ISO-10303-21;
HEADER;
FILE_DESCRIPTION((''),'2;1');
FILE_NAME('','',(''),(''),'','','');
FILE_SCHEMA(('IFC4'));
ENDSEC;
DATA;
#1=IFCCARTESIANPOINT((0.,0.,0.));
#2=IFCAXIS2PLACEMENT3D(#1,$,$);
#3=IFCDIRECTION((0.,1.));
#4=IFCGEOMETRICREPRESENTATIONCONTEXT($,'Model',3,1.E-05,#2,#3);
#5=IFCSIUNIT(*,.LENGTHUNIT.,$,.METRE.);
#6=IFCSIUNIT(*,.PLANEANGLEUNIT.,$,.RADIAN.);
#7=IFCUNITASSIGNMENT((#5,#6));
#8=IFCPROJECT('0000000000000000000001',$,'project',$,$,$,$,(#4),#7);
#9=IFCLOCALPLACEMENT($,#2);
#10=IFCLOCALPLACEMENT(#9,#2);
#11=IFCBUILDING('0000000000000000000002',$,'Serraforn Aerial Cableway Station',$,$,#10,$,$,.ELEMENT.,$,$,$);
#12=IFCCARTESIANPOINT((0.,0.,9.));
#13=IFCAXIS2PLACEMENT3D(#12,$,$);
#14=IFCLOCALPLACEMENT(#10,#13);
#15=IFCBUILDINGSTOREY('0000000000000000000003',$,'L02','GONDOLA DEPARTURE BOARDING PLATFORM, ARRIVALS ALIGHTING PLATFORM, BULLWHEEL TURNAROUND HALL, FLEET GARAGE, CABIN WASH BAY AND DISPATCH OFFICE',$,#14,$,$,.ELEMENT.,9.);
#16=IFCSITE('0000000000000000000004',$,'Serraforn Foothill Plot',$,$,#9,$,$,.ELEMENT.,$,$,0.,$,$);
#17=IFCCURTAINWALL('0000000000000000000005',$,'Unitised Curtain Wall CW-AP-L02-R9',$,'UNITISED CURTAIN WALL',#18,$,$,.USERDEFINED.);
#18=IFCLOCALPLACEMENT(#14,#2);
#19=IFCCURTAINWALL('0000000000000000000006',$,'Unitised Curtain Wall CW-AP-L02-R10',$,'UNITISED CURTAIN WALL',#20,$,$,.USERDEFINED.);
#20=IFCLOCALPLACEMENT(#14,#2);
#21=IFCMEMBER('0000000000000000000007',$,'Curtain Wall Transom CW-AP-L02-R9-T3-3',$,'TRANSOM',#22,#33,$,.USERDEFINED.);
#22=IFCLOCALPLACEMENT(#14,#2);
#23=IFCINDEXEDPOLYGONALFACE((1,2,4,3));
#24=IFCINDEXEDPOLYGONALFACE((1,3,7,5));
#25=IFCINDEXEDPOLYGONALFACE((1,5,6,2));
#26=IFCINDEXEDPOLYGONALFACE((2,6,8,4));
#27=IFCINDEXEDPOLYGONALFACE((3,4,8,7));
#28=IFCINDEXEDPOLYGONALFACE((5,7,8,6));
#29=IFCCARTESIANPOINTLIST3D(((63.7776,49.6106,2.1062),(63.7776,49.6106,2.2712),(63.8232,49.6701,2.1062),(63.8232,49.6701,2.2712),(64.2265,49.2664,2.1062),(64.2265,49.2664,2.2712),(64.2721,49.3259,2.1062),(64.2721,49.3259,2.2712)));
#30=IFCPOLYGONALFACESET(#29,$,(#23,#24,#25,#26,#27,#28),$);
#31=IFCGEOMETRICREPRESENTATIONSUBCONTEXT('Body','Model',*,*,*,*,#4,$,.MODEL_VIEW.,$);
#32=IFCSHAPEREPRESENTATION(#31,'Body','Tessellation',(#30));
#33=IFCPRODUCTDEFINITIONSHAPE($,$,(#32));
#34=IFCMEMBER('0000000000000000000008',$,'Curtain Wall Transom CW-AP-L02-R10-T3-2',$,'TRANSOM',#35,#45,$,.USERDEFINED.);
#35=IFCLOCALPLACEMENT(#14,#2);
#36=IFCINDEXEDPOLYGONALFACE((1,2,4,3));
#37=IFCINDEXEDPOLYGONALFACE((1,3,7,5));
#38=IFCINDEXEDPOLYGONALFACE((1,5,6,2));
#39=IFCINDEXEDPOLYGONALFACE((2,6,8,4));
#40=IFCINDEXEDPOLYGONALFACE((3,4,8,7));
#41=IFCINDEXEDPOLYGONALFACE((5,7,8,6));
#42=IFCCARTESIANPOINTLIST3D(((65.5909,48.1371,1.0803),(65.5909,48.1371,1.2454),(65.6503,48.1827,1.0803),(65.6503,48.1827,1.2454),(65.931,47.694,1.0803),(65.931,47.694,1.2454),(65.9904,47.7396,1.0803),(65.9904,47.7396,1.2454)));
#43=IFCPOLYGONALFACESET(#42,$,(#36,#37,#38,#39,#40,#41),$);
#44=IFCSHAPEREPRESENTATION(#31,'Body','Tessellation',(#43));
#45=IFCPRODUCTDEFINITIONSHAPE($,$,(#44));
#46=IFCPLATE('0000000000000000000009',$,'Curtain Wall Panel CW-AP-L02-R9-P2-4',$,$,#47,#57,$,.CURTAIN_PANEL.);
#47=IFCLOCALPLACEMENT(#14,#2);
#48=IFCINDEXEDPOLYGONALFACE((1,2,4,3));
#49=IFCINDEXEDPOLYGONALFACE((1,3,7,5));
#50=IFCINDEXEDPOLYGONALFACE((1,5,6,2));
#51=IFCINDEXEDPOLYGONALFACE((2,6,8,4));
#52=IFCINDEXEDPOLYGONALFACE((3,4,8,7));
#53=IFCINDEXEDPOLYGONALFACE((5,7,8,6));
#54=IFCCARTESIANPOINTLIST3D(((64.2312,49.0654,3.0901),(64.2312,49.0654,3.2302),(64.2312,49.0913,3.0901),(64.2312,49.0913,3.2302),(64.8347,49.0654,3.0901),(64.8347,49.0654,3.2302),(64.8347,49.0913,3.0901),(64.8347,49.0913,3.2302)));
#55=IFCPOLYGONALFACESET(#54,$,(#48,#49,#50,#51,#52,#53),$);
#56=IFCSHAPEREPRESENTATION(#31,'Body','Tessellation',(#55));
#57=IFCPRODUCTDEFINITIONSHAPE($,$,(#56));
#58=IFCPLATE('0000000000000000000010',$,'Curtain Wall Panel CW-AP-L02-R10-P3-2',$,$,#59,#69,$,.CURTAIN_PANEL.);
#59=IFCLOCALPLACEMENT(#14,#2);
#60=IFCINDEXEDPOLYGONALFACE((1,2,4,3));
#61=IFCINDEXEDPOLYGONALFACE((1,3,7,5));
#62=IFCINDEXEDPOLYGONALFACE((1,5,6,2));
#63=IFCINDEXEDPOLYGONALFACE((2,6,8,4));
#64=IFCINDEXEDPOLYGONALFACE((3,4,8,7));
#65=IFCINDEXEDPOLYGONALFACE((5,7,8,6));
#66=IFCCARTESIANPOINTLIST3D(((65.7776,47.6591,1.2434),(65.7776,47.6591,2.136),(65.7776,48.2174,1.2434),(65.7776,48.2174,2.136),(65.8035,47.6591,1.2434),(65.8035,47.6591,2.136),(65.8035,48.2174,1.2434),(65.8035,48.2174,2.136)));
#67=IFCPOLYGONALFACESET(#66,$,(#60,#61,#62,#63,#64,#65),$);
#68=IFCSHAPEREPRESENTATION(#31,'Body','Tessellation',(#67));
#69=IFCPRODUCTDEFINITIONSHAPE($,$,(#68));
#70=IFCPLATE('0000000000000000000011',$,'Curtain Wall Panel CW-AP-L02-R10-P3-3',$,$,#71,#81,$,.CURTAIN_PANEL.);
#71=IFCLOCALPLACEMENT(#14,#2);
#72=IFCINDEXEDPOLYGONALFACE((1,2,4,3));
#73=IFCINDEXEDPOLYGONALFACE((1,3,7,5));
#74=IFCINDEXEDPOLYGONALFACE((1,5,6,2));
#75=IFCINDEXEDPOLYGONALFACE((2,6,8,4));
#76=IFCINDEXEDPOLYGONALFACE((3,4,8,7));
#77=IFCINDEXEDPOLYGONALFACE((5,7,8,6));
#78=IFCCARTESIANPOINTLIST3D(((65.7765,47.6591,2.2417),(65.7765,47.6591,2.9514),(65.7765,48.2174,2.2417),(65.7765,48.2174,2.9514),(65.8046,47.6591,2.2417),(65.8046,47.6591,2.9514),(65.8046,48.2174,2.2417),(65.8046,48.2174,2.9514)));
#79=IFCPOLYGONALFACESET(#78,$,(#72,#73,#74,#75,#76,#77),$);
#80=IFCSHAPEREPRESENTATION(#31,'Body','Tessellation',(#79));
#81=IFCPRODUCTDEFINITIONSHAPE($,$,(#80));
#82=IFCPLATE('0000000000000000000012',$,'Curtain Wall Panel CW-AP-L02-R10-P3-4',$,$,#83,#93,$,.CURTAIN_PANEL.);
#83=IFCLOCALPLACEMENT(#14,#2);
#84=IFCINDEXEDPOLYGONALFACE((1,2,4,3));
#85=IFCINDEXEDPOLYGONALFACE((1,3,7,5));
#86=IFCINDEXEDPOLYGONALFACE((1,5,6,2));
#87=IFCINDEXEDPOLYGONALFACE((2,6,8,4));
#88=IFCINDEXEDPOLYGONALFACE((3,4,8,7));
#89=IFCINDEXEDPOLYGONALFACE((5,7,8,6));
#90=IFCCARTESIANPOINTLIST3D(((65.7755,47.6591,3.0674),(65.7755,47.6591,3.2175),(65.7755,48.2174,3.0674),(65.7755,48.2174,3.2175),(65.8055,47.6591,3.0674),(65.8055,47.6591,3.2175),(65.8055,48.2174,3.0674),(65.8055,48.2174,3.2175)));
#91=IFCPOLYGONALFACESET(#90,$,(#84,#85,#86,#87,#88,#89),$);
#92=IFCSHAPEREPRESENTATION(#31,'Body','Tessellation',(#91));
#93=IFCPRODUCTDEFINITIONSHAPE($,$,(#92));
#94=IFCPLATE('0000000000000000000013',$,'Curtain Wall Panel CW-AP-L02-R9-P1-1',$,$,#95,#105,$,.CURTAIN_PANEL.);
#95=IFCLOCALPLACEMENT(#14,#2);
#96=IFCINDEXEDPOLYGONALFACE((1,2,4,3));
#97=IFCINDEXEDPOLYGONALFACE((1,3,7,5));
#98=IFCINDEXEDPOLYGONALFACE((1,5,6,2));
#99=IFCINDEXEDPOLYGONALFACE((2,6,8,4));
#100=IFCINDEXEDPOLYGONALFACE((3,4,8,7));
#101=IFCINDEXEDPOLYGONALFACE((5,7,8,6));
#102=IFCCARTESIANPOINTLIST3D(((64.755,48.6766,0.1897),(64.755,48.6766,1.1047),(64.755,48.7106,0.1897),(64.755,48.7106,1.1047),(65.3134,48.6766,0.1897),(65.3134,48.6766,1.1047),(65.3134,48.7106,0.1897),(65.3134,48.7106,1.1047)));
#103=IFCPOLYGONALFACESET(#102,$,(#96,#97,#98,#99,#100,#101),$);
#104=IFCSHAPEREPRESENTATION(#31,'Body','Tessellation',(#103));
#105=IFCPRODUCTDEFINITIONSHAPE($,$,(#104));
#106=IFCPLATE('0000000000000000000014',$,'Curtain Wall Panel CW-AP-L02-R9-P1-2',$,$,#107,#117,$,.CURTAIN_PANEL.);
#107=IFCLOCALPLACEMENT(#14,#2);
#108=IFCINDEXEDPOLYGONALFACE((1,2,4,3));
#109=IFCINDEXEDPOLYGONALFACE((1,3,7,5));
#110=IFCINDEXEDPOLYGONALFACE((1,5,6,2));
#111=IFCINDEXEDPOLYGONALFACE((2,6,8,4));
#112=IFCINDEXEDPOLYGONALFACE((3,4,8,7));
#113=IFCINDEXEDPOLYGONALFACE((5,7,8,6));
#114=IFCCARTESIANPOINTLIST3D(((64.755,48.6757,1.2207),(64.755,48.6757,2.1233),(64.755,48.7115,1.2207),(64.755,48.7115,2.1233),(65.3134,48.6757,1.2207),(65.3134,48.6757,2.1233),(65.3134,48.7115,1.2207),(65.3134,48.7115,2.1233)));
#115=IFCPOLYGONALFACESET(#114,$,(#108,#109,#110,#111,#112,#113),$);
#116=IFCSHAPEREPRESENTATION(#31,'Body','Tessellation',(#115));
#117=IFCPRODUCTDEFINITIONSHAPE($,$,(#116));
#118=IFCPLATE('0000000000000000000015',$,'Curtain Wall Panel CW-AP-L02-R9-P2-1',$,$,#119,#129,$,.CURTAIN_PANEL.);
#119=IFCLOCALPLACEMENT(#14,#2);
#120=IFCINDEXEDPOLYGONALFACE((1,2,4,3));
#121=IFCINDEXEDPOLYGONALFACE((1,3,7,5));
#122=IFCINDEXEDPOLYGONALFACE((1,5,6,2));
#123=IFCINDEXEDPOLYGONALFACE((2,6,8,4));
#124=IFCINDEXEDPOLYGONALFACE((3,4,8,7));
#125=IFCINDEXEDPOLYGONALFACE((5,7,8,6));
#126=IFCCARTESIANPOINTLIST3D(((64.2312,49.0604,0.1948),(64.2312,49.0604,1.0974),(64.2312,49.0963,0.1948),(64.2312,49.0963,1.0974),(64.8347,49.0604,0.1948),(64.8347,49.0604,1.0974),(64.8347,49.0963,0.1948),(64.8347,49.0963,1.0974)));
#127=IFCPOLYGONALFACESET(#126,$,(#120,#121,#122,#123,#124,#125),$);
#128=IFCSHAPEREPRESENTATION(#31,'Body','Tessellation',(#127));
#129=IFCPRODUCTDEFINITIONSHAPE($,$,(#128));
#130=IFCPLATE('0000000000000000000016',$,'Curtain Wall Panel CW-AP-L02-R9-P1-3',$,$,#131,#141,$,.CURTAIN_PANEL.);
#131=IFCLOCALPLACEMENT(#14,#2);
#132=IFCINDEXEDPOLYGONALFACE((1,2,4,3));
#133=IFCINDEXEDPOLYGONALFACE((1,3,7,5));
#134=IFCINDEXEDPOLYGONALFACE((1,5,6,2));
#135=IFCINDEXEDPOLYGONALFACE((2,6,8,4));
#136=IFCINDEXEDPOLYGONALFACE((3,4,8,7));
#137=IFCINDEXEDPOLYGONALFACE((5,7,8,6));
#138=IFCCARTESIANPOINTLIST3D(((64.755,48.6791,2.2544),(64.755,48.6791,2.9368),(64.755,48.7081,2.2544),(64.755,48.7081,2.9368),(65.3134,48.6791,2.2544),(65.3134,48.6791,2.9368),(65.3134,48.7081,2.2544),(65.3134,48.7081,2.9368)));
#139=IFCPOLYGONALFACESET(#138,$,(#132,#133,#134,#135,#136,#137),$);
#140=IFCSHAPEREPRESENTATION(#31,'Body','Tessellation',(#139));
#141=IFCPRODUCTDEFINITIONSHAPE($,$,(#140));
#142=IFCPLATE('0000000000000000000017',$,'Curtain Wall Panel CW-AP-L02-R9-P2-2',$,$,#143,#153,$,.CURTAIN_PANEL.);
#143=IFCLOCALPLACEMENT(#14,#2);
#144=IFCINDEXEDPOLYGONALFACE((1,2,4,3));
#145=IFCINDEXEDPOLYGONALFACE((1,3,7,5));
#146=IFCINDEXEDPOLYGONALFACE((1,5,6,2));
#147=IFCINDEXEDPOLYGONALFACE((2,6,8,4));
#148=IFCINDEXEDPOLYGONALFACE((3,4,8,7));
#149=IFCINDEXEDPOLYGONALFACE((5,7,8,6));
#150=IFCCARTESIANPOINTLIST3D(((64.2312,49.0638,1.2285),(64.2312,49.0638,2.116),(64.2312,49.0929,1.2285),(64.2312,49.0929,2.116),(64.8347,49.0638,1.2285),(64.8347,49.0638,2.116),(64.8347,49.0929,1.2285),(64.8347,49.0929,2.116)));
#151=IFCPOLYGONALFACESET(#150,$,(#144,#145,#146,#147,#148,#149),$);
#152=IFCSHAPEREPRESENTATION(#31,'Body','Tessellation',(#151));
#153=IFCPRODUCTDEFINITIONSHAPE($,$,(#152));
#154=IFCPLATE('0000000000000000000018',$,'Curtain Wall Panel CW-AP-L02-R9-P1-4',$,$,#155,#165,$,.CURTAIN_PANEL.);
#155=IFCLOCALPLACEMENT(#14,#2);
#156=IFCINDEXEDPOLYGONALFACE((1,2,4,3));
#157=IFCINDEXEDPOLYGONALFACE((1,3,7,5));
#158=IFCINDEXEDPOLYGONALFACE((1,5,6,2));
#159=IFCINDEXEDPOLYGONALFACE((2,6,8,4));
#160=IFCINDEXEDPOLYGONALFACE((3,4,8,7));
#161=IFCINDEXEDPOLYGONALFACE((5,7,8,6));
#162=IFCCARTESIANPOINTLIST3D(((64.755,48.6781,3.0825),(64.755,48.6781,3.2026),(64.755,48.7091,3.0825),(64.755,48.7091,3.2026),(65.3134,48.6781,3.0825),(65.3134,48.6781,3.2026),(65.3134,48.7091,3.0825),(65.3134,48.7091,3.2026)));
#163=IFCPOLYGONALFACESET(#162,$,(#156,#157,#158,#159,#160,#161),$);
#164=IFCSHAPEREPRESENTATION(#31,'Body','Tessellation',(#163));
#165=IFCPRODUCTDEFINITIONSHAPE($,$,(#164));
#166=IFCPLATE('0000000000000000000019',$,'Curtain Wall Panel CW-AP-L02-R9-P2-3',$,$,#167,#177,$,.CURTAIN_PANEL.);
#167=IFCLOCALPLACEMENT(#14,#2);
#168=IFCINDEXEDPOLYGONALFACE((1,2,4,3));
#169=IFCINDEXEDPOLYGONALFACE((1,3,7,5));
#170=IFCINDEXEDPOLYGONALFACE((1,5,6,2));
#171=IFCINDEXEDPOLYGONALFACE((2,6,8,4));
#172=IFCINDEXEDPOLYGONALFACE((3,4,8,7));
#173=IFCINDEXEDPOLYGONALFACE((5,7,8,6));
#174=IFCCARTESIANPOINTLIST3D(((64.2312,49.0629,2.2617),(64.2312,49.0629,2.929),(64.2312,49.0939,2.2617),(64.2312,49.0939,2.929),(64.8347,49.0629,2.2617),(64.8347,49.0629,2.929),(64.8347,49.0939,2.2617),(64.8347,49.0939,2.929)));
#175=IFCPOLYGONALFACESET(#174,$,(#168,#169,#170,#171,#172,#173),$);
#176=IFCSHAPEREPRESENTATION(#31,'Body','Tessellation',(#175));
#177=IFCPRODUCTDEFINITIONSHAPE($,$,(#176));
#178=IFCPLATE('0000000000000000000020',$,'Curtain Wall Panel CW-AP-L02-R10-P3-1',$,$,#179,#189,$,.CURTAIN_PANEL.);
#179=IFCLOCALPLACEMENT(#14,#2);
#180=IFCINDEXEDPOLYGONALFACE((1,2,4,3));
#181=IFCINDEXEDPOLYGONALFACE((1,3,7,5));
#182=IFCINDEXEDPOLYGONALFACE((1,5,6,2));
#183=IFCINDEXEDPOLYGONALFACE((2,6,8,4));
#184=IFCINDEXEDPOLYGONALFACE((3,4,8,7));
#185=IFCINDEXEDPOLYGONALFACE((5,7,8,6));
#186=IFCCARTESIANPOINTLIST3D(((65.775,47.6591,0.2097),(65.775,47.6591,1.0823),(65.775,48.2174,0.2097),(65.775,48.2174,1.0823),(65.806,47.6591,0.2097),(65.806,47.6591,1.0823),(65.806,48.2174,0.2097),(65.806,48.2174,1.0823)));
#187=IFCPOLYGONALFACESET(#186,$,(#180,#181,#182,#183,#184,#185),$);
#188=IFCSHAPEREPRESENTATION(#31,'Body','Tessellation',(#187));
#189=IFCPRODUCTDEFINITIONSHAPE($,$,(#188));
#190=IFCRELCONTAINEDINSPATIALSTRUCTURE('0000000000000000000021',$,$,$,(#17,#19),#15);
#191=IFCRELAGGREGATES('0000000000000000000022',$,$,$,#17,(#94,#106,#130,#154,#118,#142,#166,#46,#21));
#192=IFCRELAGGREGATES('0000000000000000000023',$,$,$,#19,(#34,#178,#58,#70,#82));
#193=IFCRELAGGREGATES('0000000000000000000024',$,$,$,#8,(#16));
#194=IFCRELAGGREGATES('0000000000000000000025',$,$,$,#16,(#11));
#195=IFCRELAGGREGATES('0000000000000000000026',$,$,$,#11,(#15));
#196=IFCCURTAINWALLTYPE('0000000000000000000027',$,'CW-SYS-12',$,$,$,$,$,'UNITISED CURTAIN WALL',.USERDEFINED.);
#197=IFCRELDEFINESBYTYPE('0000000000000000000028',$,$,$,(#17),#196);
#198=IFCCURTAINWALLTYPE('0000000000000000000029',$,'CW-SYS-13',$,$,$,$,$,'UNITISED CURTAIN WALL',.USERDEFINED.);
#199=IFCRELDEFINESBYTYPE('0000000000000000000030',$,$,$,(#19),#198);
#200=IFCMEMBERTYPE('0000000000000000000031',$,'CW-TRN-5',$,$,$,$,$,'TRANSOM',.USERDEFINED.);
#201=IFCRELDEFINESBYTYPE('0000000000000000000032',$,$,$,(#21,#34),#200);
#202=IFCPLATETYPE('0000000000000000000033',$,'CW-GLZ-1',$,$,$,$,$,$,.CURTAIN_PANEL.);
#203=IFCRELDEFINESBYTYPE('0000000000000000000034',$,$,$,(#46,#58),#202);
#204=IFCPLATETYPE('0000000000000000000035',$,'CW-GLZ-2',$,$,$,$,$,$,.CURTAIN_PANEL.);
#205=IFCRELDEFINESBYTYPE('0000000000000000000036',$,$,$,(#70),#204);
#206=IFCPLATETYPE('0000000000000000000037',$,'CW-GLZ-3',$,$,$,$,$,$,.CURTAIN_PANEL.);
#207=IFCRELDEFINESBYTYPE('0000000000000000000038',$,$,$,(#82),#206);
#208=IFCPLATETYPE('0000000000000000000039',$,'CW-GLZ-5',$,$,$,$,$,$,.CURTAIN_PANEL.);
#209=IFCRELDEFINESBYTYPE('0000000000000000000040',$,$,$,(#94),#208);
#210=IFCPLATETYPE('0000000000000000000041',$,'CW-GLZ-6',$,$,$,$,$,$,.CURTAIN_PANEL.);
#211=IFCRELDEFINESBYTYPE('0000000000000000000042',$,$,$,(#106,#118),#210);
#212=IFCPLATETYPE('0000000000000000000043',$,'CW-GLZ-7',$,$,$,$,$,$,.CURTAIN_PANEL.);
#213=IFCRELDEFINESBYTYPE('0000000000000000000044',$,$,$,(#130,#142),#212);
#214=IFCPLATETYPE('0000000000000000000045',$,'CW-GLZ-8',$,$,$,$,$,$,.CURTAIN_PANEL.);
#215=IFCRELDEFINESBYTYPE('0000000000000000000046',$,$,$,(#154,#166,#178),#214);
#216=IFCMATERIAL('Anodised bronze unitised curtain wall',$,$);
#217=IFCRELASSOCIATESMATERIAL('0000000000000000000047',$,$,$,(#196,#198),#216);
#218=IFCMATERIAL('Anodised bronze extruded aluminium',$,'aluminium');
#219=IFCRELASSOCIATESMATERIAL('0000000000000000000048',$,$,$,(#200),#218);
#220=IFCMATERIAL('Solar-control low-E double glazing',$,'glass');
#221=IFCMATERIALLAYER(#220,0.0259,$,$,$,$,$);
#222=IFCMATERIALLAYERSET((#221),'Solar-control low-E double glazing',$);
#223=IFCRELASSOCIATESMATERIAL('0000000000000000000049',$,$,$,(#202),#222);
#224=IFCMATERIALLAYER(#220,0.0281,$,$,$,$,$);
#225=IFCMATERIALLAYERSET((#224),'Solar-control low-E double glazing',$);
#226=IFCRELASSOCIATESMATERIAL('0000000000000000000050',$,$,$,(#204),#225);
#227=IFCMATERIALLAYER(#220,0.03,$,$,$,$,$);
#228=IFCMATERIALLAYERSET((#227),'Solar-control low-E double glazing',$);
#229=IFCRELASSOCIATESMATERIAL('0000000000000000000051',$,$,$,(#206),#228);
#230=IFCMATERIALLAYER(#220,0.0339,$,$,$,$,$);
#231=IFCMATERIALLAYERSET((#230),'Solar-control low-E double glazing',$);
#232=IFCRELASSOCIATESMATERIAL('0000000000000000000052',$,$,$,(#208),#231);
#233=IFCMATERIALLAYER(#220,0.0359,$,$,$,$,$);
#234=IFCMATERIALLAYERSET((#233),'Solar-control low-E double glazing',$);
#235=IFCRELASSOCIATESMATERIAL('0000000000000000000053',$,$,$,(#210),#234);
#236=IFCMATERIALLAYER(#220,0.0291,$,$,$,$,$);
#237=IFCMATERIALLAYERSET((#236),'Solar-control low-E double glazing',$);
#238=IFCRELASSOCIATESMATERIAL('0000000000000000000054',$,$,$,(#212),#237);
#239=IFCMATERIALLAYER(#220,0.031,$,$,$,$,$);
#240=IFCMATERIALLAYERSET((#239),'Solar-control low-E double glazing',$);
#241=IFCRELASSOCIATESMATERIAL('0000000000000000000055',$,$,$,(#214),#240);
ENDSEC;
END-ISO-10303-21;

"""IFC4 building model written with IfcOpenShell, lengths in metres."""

from ifc_helpers import new_model, si_unit, direction, frame, origin, origin_2d, place, context, subcontext, project, spatial, rectangle, extrude, material, layer, layer_set, material_profile, profile_set, type_object, element, aggregate, save


model = new_model("IFC4")

# Units and contexts
model_context = context("Model", 3, precision=1e-05, world=origin(), true_north=direction((0.0, 1.0)))
body_context = subcontext(model_context, "Body", "Model", "MODEL_VIEW")
ifc_project = project(units=[si_unit("LENGTHUNIT", "METRE"), si_unit("PLANEANGLEUNIT", "RADIAN")], contexts=[model_context])

# Site, building, storey
site_placement = place(None, origin())
site = spatial("IfcSite", under=ifc_project, at=site_placement, Name="Serraforn Foothill Plot", CompositionType="ELEMENT", RefElevation=0.0)
building_placement = place(site_placement, origin())
building = spatial("IfcBuilding", under=site, at=building_placement, Name="Serraforn Aerial Cableway Station", CompositionType="ELEMENT")
storey_placement = place(building_placement, frame((0.0, 0.0, 9.0)))
storey = spatial("IfcBuildingStorey", under=building, at=storey_placement, Name="L02", Description="GONDOLA DEPARTURE BOARDING PLATFORM, ARRIVALS ALIGHTING PLATFORM, BULLWHEEL TURNAROUND HALL, FLEET GARAGE, CABIN WASH BAY AND DISPATCH OFFICE", CompositionType="ELEMENT", Elevation=9.0)

# Curtain walls
ifc_material_1 = material(Name="Anodised bronze unitised curtain wall")
curtain_wall_type_1 = type_object("IfcCurtainWallType", Name="CW-SYS-12", ElementType="UNITISED CURTAIN WALL", PredefinedType="USERDEFINED", material=ifc_material_1)
curtain_wall_1_placement = place(storey_placement, origin())
curtain_wall_1 = element("IfcCurtainWall", 1, at=curtain_wall_1_placement, inside=storey, type_object=curtain_wall_type_1, Name="Unitised Curtain Wall CW-AP-L02-R9", ObjectType="UNITISED CURTAIN WALL", PredefinedType="USERDEFINED")
ifc_material_2 = material(Name="Anodised bronze extruded aluminium", Category="aluminium")
curtain_wall_type_2 = type_object("IfcCurtainWallType", Name="CW-SYS-13", ElementType="UNITISED CURTAIN WALL", PredefinedType="USERDEFINED", material=ifc_material_1)
curtain_wall_2_placement = place(storey_placement, origin())
curtain_wall_2 = element("IfcCurtainWall", 2, at=curtain_wall_2_placement, inside=storey, type_object=curtain_wall_type_2, Name="Unitised Curtain Wall CW-AP-L02-R10", ObjectType="UNITISED CURTAIN WALL", PredefinedType="USERDEFINED")

# Members
ifc_material_profile_1 = material_profile(ifc_material_2, rectangle(XDim=0.075, YDim=0.165, at=origin_2d()), Name="CW TRANSOM 75x165")
ifc_profile_set_1 = profile_set([ifc_material_profile_1], Name="Anodised bronze extruded aluminium")
member_type_1 = type_object("IfcMemberType", Name="CW-TRN-5", ElementType="TRANSOM", PredefinedType="USERDEFINED", material=ifc_profile_set_1)
member_1_placement = place(storey_placement, frame((64.2493, 49.2961, 2.1887), z_axis=(-0.793586, 0.608459, 0.0), x_axis=(-0.608459, -0.793586, 0.0)))
member_1 = element("IfcMember", 3, at=member_1_placement, type_object=member_type_1, Name="Curtain Wall Transom CW-AP-L02-R9-T3-3", ObjectType="TRANSOM", PredefinedType="USERDEFINED", context=body_context, shape_type="SweptSolid", body=[
    extrude(rectangle(XDim=0.075, YDim=0.165, at=origin_2d()), origin(), (0.0, 0.0, 1.0), 0.5657),
])
member_2_placement = place(storey_placement, frame((65.9607, 47.7168, 1.1628), z_axis=(-0.608844, 0.79329, 0.0), x_axis=(-0.79329, -0.608844, 0.0)))
member_2 = element("IfcMember", 4, at=member_2_placement, type_object=member_type_1, Name="Curtain Wall Transom CW-AP-L02-R10-T3-2", ObjectType="TRANSOM", PredefinedType="USERDEFINED", context=body_context, shape_type="SweptSolid", body=[
    extrude(rectangle(XDim=0.075, YDim=0.165, at=origin_2d()), origin(), (0.0, 0.0, 1.0), 0.5586),
])

# Plates
ifc_material_3 = material(Name="Solar-control low-E double glazing", Category="glass")
ifc_layer_1 = layer(ifc_material_3, 0.0259)
ifc_layer_set_1 = layer_set([ifc_layer_1], Name="Solar-control low-E double glazing")
plate_type_1 = type_object("IfcPlateType", Name="CW-GLZ-1", PredefinedType="CURTAIN_PANEL", material=ifc_layer_set_1)
plate_1_placement = place(storey_placement, frame((64.533, 49.0784, 3.0901), z_axis=(0.0, 0.0, 1.0), x_axis=(1.0, 0.0, 0.0)))
plate_1 = element("IfcPlate", 5, at=plate_1_placement, type_object=plate_type_1, Name="Curtain Wall Panel CW-AP-L02-R9-P2-4", PredefinedType="CURTAIN_PANEL", context=body_context, shape_type="SweptSolid", body=[
    extrude(rectangle(XDim=0.6035, YDim=0.0259, at=origin_2d()), origin(), (0.0, 0.0, 1.0), 0.1401),
])
plate_2_placement = place(storey_placement, frame((65.7905, 47.9382, 1.2434), z_axis=(0.0, 0.0, 1.0), x_axis=(1.0, 0.0, 0.0)))
plate_2 = element("IfcPlate", 6, at=plate_2_placement, type_object=plate_type_1, Name="Curtain Wall Panel CW-AP-L02-R10-P3-2", PredefinedType="CURTAIN_PANEL", context=body_context, shape_type="SweptSolid", body=[
    extrude(rectangle(XDim=0.0259, YDim=0.5583, at=origin_2d()), origin(), (0.0, 0.0, 1.0), 0.8926),
])
ifc_layer_2 = layer(ifc_material_3, 0.0281)
ifc_layer_set_2 = layer_set([ifc_layer_2], Name="Solar-control low-E double glazing")
plate_type_2 = type_object("IfcPlateType", Name="CW-GLZ-2", PredefinedType="CURTAIN_PANEL", material=ifc_layer_set_2)
plate_3_placement = place(storey_placement, frame((65.7905, 47.9382, 2.2417), z_axis=(0.0, 0.0, 1.0), x_axis=(1.0, 0.0, 0.0)))
plate_3 = element("IfcPlate", 7, at=plate_3_placement, type_object=plate_type_2, Name="Curtain Wall Panel CW-AP-L02-R10-P3-3", PredefinedType="CURTAIN_PANEL", context=body_context, shape_type="SweptSolid", body=[
    extrude(rectangle(XDim=0.0281, YDim=0.5583, at=origin_2d()), origin(), (0.0, 0.0, 1.0), 0.7097),
])
ifc_layer_3 = layer(ifc_material_3, 0.03)
ifc_layer_set_3 = layer_set([ifc_layer_3], Name="Solar-control low-E double glazing")
plate_type_3 = type_object("IfcPlateType", Name="CW-GLZ-3", PredefinedType="CURTAIN_PANEL", material=ifc_layer_set_3)
plate_4_placement = place(storey_placement, frame((65.7905, 47.9382, 3.0674), z_axis=(0.0, 0.0, 1.0), x_axis=(1.0, 0.0, 0.0)))
plate_4 = element("IfcPlate", 8, at=plate_4_placement, type_object=plate_type_3, Name="Curtain Wall Panel CW-AP-L02-R10-P3-4", PredefinedType="CURTAIN_PANEL", context=body_context, shape_type="SweptSolid", body=[
    extrude(rectangle(XDim=0.03, YDim=0.5583, at=origin_2d()), origin(), (0.0, 0.0, 1.0), 0.1501),
])
ifc_layer_4 = layer(ifc_material_3, 0.0339)
ifc_layer_set_4 = layer_set([ifc_layer_4], Name="Solar-control low-E double glazing")
plate_type_4 = type_object("IfcPlateType", Name="CW-GLZ-5", PredefinedType="CURTAIN_PANEL", material=ifc_layer_set_4)
plate_5_placement = place(storey_placement, frame((65.0342, 48.6936, 0.1897), z_axis=(0.0, 0.0, 1.0), x_axis=(1.0, 0.0, 0.0)))
plate_5 = element("IfcPlate", 9, at=plate_5_placement, type_object=plate_type_4, Name="Curtain Wall Panel CW-AP-L02-R9-P1-1", PredefinedType="CURTAIN_PANEL", context=body_context, shape_type="SweptSolid", body=[
    extrude(rectangle(XDim=0.5583, YDim=0.0339, at=origin_2d()), origin(), (0.0, 0.0, 1.0), 0.915),
])
ifc_layer_5 = layer(ifc_material_3, 0.0359)
ifc_layer_set_5 = layer_set([ifc_layer_5], Name="Solar-control low-E double glazing")
plate_type_5 = type_object("IfcPlateType", Name="CW-GLZ-6", PredefinedType="CURTAIN_PANEL", material=ifc_layer_set_5)
plate_6_placement = place(storey_placement, frame((65.0342, 48.6936, 1.2207), z_axis=(0.0, 0.0, 1.0), x_axis=(1.0, 0.0, 0.0)))
plate_6 = element("IfcPlate", 10, at=plate_6_placement, type_object=plate_type_5, Name="Curtain Wall Panel CW-AP-L02-R9-P1-2", PredefinedType="CURTAIN_PANEL", context=body_context, shape_type="SweptSolid", body=[
    extrude(rectangle(XDim=0.5583, YDim=0.0359, at=origin_2d()), origin(), (0.0, 0.0, 1.0), 0.9026),
])
plate_7_placement = place(storey_placement, frame((64.533, 49.0784, 0.1948), z_axis=(0.0, 0.0, 1.0), x_axis=(1.0, 0.0, 0.0)))
plate_7 = element("IfcPlate", 11, at=plate_7_placement, type_object=plate_type_5, Name="Curtain Wall Panel CW-AP-L02-R9-P2-1", PredefinedType="CURTAIN_PANEL", context=body_context, shape_type="SweptSolid", body=[
    extrude(rectangle(XDim=0.6035, YDim=0.0359, at=origin_2d()), origin(), (0.0, 0.0, 1.0), 0.9026),
])
ifc_layer_6 = layer(ifc_material_3, 0.0291)
ifc_layer_set_6 = layer_set([ifc_layer_6], Name="Solar-control low-E double glazing")
plate_type_6 = type_object("IfcPlateType", Name="CW-GLZ-7", PredefinedType="CURTAIN_PANEL", material=ifc_layer_set_6)
plate_8_placement = place(storey_placement, frame((65.0342, 48.6936, 2.2544), z_axis=(0.0, 0.0, 1.0), x_axis=(1.0, 0.0, 0.0)))
plate_8 = element("IfcPlate", 12, at=plate_8_placement, type_object=plate_type_6, Name="Curtain Wall Panel CW-AP-L02-R9-P1-3", PredefinedType="CURTAIN_PANEL", context=body_context, shape_type="SweptSolid", body=[
    extrude(rectangle(XDim=0.5583, YDim=0.0291, at=origin_2d()), origin(), (0.0, 0.0, 1.0), 0.6824),
])
plate_9_placement = place(storey_placement, frame((64.533, 49.0784, 1.2285), z_axis=(0.0, 0.0, 1.0), x_axis=(1.0, 0.0, 0.0)))
plate_9 = element("IfcPlate", 13, at=plate_9_placement, type_object=plate_type_6, Name="Curtain Wall Panel CW-AP-L02-R9-P2-2", PredefinedType="CURTAIN_PANEL", context=body_context, shape_type="SweptSolid", body=[
    extrude(rectangle(XDim=0.6035, YDim=0.0291, at=origin_2d()), origin(), (0.0, 0.0, 1.0), 0.8875),
])
ifc_layer_7 = layer(ifc_material_3, 0.031)
ifc_layer_set_7 = layer_set([ifc_layer_7], Name="Solar-control low-E double glazing")
plate_type_7 = type_object("IfcPlateType", Name="CW-GLZ-8", PredefinedType="CURTAIN_PANEL", material=ifc_layer_set_7)
plate_10_placement = place(storey_placement, frame((65.0342, 48.6936, 3.0825), z_axis=(0.0, 0.0, 1.0), x_axis=(1.0, 0.0, 0.0)))
plate_10 = element("IfcPlate", 14, at=plate_10_placement, type_object=plate_type_7, Name="Curtain Wall Panel CW-AP-L02-R9-P1-4", PredefinedType="CURTAIN_PANEL", context=body_context, shape_type="SweptSolid", body=[
    extrude(rectangle(XDim=0.5583, YDim=0.031, at=origin_2d()), origin(), (0.0, 0.0, 1.0), 0.1201),
])
plate_11_placement = place(storey_placement, frame((64.533, 49.0784, 2.2617), z_axis=(0.0, 0.0, 1.0), x_axis=(1.0, 0.0, 0.0)))
plate_11 = element("IfcPlate", 15, at=plate_11_placement, type_object=plate_type_7, Name="Curtain Wall Panel CW-AP-L02-R9-P2-3", PredefinedType="CURTAIN_PANEL", context=body_context, shape_type="SweptSolid", body=[
    extrude(rectangle(XDim=0.6035, YDim=0.031, at=origin_2d()), origin(), (0.0, 0.0, 1.0), 0.6672),
])
aggregate(curtain_wall_1, [plate_5, plate_6, plate_8, plate_10, plate_7, plate_9, plate_11, plate_1, member_1])
plate_12_placement = place(storey_placement, frame((65.7905, 47.9382, 0.2097), z_axis=(0.0, 0.0, 1.0), x_axis=(1.0, 0.0, 0.0)))
plate_12 = element("IfcPlate", 16, at=plate_12_placement, type_object=plate_type_7, Name="Curtain Wall Panel CW-AP-L02-R10-P3-1", PredefinedType="CURTAIN_PANEL", context=body_context, shape_type="SweptSolid", body=[
    extrude(rectangle(XDim=0.031, YDim=0.5583, at=origin_2d()), origin(), (0.0, 0.0, 1.0), 0.8726),
])
aggregate(curtain_wall_2, [member_2, plate_12, plate_2, plate_3, plate_4])

save(model, "model.ifc")
